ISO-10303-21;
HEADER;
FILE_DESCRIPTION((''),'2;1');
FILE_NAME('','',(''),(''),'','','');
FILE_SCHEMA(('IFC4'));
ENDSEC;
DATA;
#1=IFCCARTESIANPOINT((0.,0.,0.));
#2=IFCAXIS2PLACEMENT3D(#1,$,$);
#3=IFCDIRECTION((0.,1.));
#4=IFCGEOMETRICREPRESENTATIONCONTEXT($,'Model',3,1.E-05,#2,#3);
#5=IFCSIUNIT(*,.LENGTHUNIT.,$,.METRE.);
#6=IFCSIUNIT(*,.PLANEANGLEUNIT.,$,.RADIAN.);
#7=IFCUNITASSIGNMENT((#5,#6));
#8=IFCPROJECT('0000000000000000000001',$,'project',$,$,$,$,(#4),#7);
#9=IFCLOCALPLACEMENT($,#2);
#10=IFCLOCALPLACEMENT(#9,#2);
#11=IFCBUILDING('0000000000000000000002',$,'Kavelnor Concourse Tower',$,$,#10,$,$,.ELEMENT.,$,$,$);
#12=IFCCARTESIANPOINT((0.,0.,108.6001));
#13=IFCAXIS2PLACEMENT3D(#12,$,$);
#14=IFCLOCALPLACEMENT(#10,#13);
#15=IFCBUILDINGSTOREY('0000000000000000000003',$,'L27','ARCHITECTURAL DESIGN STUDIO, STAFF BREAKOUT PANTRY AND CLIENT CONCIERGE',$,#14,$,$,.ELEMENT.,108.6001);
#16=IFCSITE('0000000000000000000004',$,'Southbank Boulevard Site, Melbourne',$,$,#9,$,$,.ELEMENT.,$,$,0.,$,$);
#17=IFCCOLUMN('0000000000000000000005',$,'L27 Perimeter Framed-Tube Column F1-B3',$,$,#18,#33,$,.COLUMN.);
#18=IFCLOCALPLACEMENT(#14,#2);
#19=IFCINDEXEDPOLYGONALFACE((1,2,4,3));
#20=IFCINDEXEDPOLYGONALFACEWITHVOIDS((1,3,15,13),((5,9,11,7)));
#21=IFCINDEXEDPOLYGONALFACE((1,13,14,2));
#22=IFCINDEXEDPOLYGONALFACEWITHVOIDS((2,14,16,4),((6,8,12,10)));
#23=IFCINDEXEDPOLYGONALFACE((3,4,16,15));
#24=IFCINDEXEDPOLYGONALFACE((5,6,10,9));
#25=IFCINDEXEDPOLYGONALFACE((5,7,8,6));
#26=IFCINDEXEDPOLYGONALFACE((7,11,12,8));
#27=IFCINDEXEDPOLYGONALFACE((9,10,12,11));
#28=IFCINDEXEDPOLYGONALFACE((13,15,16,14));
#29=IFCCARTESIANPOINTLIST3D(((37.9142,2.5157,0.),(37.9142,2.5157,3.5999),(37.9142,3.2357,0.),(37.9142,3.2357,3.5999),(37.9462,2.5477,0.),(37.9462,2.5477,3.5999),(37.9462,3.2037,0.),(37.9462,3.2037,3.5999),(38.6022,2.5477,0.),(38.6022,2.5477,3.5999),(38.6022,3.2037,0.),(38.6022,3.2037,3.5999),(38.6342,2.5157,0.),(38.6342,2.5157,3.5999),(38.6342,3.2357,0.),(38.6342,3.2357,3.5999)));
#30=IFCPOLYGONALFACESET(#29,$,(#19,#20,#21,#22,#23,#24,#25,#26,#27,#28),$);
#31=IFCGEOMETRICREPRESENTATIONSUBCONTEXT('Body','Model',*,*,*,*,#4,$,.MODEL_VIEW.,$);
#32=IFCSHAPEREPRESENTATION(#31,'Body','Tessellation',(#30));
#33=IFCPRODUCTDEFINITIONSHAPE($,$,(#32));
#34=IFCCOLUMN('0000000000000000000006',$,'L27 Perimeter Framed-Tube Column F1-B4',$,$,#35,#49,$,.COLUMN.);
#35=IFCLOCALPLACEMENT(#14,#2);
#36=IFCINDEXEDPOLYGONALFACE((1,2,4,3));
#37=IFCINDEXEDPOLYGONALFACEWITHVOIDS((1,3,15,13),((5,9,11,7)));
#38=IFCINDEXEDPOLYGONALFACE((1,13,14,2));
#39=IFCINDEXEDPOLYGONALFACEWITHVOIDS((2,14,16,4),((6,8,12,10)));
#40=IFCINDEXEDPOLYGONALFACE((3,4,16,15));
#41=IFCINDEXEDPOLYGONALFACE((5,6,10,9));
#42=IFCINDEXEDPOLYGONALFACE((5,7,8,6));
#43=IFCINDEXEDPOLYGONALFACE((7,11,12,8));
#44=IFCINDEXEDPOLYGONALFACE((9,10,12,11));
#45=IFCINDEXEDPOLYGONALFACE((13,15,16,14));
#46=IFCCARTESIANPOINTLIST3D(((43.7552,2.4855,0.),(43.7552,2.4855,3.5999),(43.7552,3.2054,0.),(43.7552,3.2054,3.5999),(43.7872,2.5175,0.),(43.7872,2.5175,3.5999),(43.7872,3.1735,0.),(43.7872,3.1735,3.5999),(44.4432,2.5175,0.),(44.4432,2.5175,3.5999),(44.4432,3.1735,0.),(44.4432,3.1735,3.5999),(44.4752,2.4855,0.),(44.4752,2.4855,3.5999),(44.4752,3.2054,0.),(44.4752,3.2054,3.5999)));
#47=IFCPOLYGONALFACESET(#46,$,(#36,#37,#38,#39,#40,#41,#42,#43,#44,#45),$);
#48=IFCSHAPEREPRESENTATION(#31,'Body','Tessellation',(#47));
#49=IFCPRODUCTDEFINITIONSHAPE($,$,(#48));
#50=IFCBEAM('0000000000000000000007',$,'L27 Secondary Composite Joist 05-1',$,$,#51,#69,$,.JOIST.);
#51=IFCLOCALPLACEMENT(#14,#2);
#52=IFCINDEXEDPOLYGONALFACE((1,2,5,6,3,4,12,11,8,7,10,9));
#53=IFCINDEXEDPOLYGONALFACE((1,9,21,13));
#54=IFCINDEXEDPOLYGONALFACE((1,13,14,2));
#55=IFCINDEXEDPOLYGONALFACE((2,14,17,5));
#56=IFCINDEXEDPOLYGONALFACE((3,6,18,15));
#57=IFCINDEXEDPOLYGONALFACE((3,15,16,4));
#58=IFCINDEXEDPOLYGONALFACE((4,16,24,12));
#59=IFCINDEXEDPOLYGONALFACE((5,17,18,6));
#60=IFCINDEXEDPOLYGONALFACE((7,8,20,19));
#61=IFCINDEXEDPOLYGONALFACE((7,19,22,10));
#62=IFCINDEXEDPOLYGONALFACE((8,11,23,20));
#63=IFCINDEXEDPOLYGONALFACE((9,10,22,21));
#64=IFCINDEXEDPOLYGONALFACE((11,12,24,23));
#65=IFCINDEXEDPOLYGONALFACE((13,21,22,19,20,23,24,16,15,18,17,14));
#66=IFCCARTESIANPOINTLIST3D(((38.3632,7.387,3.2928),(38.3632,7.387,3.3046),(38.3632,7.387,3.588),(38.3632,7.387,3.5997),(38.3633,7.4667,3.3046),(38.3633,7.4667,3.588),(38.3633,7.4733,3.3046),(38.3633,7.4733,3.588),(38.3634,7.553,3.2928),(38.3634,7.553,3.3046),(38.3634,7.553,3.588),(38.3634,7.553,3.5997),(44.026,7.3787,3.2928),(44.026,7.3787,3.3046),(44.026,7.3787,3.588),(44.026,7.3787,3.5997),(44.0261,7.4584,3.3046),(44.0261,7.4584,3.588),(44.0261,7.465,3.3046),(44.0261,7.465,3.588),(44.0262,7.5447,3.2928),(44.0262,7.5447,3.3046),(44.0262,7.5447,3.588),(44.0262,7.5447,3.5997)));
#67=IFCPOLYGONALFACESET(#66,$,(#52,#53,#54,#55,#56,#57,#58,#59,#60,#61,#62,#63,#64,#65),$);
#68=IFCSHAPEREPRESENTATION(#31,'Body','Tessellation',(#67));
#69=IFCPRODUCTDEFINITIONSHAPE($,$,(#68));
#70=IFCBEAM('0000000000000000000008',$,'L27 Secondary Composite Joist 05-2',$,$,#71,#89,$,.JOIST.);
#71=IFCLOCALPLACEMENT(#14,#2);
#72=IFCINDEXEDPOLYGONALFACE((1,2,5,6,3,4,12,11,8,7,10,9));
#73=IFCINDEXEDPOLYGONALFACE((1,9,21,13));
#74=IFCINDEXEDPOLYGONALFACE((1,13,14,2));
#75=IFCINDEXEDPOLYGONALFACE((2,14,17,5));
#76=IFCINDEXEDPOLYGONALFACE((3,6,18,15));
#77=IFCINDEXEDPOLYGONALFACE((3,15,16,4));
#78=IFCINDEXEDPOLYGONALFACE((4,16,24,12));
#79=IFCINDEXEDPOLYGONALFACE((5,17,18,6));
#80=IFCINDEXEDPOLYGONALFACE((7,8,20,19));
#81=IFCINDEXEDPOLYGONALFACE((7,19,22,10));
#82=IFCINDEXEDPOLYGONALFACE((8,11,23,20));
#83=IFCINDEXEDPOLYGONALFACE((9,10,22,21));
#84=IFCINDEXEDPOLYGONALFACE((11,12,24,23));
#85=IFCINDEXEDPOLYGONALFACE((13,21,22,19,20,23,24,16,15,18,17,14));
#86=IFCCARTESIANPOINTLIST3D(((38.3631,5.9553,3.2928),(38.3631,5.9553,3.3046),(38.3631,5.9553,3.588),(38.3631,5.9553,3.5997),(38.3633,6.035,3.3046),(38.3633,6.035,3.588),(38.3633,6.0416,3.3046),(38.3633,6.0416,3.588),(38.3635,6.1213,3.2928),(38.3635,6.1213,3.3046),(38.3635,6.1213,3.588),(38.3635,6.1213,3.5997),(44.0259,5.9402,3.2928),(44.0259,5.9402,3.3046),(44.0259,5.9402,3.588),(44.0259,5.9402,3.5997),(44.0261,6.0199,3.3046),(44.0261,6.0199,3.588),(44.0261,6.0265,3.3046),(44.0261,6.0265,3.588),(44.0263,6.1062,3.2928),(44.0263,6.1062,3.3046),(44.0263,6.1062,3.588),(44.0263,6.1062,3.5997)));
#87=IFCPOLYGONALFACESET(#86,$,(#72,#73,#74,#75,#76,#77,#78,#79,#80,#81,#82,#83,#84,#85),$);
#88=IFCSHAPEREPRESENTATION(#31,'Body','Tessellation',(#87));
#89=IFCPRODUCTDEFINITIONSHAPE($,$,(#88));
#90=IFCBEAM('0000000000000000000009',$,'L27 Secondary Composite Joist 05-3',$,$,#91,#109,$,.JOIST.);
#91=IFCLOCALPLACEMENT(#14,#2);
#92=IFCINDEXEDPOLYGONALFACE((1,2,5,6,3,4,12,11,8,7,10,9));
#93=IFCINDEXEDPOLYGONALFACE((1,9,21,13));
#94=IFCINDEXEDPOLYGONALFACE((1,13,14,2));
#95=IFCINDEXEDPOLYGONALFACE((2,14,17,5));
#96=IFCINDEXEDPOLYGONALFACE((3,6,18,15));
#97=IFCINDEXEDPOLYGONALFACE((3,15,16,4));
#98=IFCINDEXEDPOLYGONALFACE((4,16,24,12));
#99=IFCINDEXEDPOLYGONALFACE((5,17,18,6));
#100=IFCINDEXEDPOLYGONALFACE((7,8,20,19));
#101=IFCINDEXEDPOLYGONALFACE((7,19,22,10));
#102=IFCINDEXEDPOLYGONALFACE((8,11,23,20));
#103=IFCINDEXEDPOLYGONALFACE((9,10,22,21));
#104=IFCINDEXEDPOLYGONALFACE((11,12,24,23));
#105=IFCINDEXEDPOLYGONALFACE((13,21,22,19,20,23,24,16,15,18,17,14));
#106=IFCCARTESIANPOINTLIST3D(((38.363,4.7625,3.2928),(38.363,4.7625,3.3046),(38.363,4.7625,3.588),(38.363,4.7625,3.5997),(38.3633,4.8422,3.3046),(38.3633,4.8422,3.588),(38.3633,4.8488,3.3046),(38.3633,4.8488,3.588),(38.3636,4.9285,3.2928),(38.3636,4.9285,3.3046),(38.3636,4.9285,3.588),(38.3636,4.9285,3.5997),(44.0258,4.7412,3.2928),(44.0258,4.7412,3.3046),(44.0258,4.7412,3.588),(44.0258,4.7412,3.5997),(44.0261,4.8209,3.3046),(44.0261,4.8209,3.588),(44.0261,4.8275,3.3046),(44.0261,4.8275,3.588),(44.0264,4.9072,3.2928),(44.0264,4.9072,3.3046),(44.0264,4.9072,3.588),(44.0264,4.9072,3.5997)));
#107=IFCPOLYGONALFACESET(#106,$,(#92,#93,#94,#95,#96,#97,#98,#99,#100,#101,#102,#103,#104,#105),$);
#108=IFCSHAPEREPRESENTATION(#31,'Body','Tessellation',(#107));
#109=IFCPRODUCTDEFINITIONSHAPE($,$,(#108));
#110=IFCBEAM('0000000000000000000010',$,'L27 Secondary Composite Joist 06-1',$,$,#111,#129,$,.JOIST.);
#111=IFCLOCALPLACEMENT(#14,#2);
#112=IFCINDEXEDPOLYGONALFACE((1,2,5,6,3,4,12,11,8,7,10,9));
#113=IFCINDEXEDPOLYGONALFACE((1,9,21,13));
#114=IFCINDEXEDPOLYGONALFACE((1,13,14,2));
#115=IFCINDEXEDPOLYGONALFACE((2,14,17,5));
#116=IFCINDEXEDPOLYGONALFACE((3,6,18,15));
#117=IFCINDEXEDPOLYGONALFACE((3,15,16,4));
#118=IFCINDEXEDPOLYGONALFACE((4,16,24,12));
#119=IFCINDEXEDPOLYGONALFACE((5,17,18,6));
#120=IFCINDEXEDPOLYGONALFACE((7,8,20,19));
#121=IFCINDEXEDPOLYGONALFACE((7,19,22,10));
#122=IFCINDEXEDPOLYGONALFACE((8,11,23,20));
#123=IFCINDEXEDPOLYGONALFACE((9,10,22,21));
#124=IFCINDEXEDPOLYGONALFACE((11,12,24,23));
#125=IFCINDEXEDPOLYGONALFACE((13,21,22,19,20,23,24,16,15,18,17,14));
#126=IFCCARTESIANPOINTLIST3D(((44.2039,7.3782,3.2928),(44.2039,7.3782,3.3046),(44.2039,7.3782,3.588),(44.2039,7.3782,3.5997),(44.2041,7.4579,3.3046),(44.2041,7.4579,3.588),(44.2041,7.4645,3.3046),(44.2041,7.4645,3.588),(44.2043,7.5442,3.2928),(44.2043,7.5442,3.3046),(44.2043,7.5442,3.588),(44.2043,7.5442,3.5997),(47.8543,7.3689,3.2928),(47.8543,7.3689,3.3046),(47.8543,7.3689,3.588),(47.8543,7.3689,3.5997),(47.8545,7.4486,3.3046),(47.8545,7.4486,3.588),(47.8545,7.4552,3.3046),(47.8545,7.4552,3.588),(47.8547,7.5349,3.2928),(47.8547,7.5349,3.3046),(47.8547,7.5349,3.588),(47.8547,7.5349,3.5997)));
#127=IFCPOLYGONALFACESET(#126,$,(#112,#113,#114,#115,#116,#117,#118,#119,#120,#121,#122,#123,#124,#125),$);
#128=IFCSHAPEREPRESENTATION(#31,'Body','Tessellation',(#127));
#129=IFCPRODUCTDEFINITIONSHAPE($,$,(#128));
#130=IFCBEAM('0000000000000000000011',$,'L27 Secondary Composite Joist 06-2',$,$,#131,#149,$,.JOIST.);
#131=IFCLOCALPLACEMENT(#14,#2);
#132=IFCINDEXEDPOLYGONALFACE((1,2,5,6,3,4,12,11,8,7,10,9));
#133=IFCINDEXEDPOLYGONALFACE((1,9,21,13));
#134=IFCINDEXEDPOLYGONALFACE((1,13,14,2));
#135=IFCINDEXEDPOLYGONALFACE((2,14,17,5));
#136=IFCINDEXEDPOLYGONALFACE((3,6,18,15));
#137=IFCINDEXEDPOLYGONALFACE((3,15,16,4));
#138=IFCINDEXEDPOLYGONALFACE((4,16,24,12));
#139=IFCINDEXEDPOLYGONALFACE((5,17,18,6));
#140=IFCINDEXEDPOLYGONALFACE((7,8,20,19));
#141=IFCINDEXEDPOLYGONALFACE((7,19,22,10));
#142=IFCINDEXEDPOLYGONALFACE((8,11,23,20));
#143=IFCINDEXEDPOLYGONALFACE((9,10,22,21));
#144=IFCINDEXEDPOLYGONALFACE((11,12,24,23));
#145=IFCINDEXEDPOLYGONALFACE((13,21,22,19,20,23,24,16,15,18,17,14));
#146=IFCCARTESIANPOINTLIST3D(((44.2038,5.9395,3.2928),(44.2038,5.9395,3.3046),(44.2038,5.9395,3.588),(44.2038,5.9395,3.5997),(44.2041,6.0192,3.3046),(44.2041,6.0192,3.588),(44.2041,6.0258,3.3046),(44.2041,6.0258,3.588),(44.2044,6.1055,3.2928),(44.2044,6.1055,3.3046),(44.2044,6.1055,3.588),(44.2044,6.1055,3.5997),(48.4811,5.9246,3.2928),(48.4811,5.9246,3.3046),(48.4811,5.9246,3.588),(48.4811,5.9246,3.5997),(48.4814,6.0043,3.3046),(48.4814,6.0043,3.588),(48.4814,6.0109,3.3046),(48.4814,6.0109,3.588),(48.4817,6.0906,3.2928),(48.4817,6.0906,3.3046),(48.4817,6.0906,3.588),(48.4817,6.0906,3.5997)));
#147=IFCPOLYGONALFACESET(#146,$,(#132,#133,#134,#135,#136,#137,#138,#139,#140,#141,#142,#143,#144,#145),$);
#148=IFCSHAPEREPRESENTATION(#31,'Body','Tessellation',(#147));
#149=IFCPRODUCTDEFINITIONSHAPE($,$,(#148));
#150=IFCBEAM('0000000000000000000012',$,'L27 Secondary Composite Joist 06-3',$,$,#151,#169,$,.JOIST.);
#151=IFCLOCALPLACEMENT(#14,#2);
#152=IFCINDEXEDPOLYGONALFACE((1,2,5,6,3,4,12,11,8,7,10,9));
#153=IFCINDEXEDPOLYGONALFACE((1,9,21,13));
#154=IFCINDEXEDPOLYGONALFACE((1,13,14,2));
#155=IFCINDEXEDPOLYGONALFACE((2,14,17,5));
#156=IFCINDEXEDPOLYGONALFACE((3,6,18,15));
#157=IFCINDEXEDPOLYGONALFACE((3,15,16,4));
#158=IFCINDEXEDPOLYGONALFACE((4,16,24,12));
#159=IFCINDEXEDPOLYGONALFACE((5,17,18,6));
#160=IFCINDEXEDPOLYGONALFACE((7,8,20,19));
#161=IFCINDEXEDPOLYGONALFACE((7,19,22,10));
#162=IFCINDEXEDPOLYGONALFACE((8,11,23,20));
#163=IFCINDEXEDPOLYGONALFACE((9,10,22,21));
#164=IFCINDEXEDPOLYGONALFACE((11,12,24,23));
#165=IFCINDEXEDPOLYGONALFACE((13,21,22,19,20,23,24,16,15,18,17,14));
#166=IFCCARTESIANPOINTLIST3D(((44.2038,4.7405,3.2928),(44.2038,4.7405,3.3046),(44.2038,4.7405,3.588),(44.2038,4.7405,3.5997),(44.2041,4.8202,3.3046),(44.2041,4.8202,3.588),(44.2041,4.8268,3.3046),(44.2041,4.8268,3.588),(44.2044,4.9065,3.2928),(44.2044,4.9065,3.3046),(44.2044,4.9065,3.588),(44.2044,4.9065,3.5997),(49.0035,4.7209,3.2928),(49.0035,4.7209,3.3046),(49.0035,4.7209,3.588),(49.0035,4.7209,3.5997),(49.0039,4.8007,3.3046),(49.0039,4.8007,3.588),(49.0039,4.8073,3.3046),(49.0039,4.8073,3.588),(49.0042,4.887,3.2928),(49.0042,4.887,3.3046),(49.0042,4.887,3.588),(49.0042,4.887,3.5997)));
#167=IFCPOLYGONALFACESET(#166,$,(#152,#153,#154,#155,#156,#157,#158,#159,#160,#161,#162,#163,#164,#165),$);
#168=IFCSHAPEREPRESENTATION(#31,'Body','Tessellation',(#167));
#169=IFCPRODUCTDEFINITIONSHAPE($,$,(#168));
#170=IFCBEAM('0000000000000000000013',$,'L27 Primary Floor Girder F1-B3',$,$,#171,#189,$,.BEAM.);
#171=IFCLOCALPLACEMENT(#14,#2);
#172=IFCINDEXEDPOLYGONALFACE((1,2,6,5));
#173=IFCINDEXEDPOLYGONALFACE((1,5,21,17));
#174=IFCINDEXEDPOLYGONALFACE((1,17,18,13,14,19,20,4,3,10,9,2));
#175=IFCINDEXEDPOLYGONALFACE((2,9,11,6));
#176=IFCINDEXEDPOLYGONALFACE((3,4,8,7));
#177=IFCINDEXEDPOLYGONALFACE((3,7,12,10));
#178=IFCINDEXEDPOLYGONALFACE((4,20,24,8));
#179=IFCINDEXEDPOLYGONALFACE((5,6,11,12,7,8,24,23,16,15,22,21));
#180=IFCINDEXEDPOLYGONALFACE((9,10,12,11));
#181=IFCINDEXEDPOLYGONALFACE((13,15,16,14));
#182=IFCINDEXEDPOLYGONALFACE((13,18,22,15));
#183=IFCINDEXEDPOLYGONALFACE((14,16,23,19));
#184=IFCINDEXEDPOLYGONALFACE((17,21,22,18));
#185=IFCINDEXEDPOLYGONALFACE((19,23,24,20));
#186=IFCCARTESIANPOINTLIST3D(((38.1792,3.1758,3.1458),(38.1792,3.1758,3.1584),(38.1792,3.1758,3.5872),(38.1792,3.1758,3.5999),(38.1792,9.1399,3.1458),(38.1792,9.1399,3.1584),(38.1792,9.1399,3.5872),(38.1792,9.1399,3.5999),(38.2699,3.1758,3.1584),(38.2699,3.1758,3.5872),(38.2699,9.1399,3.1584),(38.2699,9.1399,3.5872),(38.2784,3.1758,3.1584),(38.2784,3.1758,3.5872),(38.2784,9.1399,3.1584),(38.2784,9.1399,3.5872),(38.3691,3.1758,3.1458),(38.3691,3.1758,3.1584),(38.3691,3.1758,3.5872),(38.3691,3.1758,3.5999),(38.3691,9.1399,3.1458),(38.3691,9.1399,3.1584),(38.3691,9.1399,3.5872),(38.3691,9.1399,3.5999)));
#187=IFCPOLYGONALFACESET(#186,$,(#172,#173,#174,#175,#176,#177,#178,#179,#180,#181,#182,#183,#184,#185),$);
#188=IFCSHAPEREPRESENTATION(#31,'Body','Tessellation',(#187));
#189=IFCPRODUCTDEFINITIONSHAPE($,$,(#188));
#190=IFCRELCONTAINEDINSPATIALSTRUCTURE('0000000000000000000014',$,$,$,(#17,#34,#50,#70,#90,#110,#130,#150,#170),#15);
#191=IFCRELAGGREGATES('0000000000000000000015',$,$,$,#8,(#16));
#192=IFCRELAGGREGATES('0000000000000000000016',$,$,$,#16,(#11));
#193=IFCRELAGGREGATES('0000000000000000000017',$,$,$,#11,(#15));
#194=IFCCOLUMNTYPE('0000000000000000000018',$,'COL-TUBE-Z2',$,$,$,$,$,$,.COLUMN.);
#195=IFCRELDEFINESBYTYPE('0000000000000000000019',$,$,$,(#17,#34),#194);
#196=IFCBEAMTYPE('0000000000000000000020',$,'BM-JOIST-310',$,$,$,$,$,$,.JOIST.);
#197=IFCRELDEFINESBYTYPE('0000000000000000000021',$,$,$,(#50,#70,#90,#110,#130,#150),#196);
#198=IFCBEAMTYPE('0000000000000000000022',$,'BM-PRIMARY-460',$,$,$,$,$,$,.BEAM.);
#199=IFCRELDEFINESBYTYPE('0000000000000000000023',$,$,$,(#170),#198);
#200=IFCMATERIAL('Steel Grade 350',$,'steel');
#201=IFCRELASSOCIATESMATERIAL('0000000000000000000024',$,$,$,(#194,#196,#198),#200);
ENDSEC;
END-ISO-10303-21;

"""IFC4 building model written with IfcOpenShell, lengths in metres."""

from ifc_helpers import new_model, si_unit, direction, frame, origin, origin_2d, place, context, subcontext, project, spatial, hollow_rectangle, i_section, extrude, material, material_profile, profile_set, type_object, element, save


model = new_model("IFC4")

# Units and contexts
model_context = context("Model", 3, precision=1e-05, world=origin(), true_north=direction((0.0, 1.0)))
body_context = subcontext(model_context, "Body", "Model", "MODEL_VIEW")
ifc_project = project(units=[si_unit("LENGTHUNIT", "METRE"), si_unit("PLANEANGLEUNIT", "RADIAN")], contexts=[model_context])

# Site, building, storey
site_placement = place(None, origin())
site = spatial("IfcSite", under=ifc_project, at=site_placement, Name="Southbank Boulevard Site, Melbourne", CompositionType="ELEMENT", RefElevation=0.0)
building_placement = place(site_placement, origin())
building = spatial("IfcBuilding", under=site, at=building_placement, Name="Kavelnor Concourse Tower", CompositionType="ELEMENT")
storey_placement = place(building_placement, frame((0.0, 0.0, 108.6001)))
storey = spatial("IfcBuildingStorey", under=building, at=storey_placement, Name="L27", Description="ARCHITECTURAL DESIGN STUDIO, STAFF BREAKOUT PANTRY AND CLIENT CONCIERGE", CompositionType="ELEMENT", Elevation=108.6001)

# Columns
ifc_material_1 = material(Name="Steel Grade 350", Category="steel")
ifc_material_profile_1 = material_profile(ifc_material_1, hollow_rectangle(XDim=0.72, YDim=0.72, WallThickness=0.032, at=origin_2d()), Name="SHS 720x720x32")
ifc_profile_set_1 = profile_set([ifc_material_profile_1], Name="Steel Grade 350")
column_type = type_object("IfcColumnType", Name="COL-TUBE-Z2", PredefinedType="COLUMN", material=ifc_profile_set_1)
for number, where, z_axis, x_axis, name in (
    (1, (38.2742, 2.8757, 0.0), (0.0, 0.0, 1.0), (1.0, 0.0, 0.0), "L27 Perimeter Framed-Tube Column F1-B3"),
    (2, (44.1152, 2.8455, 0.0), (0.0, 0.0, 1.0), (1.0, 0.0, 0.0), "L27 Perimeter Framed-Tube Column F1-B4"),
):
    element("IfcColumn", number, at=place(storey_placement, frame(where, z_axis=z_axis, x_axis=x_axis)), inside=storey, type_object=column_type, Name=name, PredefinedType="COLUMN", context=body_context, shape_type="SweptSolid", body=[
        extrude(hollow_rectangle(XDim=0.72, YDim=0.72, WallThickness=0.032, at=origin_2d()), origin(), (0.0, 0.0, 1.0), 3.5999),
    ])

# Beams
ifc_material_profile_2 = material_profile(ifc_material_1, i_section(OverallWidth=0.166, OverallDepth=0.3069, WebThickness=0.0066, FlangeThickness=0.0117, at=origin_2d()), Name="310UB46")
ifc_profile_set_2 = profile_set([ifc_material_profile_2], Name="Steel Grade 350")
beam_type_1 = type_object("IfcBeamType", Name="BM-JOIST-310", PredefinedType="JOIST", material=ifc_profile_set_2)
for number, where, z_axis, x_axis, name in (
    (3, (38.3633, 7.47, 3.4463), (0.999999, -0.001466, 0.0), (0.001466, 0.999999, 0.0), "L27 Secondary Composite Joist 05-1"),
    (4, (38.3633, 6.0383, 3.4463), (0.999996, -0.002673, 0.0), (0.002673, 0.999996, 0.0), "L27 Secondary Composite Joist 05-2"),
    (5, (38.3633, 4.8455, 3.4463), (0.999993, -0.003751, 0.0), (0.003751, 0.999993, 0.0), "L27 Secondary Composite Joist 05-3"),
):
    element("IfcBeam", number, at=place(storey_placement, frame(where, z_axis=z_axis, x_axis=x_axis)), inside=storey, type_object=beam_type_1, Name=name, PredefinedType="JOIST", context=body_context, shape_type="SweptSolid", body=[
        extrude(i_section(OverallWidth=0.166, OverallDepth=0.3069, WebThickness=0.0066, FlangeThickness=0.0117, at=origin_2d()), origin(), (0.0, 0.0, 1.0), 5.6628),
    ])
beam_1_placement = place(storey_placement, frame((44.2041, 7.4612, 3.4463), z_axis=(0.999997, -0.002541, 0.0), x_axis=(0.002541, 0.999997, 0.0)))
element("IfcBeam", 6, at=beam_1_placement, inside=storey, type_object=beam_type_1, Name="L27 Secondary Composite Joist 06-1", PredefinedType="JOIST", context=body_context, shape_type="SweptSolid", body=[
    extrude(i_section(OverallWidth=0.166, OverallDepth=0.3069, WebThickness=0.0066, FlangeThickness=0.0117, at=origin_2d()), origin(), (0.0, 0.0, 1.0), 3.6504),
])
beam_2_placement = place(storey_placement, frame((44.2041, 6.0225, 3.4463), z_axis=(0.999994, -0.003482, 0.0), x_axis=(0.003482, 0.999994, 0.0)))
element("IfcBeam", 7, at=beam_2_placement, inside=storey, type_object=beam_type_1, Name="L27 Secondary Composite Joist 06-2", PredefinedType="JOIST", context=body_context, shape_type="SweptSolid", body=[
    extrude(i_section(OverallWidth=0.166, OverallDepth=0.3069, WebThickness=0.0066, FlangeThickness=0.0117, at=origin_2d()), origin(), (0.0, 0.0, 1.0), 4.2773),
])
beam_3_placement = place(storey_placement, frame((44.2041, 4.8235, 3.4463), z_axis=(0.999992, -0.004069, 0.0), x_axis=(0.004069, 0.999992, 0.0)))
element("IfcBeam", 8, at=beam_3_placement, inside=storey, type_object=beam_type_1, Name="L27 Secondary Composite Joist 06-3", PredefinedType="JOIST", context=body_context, shape_type="SweptSolid", body=[
    extrude(i_section(OverallWidth=0.166, OverallDepth=0.3069, WebThickness=0.0066, FlangeThickness=0.0117, at=origin_2d()), origin(), (0.0, 0.0, 1.0), 4.7998),
])
ifc_material_profile_3 = material_profile(ifc_material_1, i_section(OverallWidth=0.1899, OverallDepth=0.4541, WebThickness=0.0085, FlangeThickness=0.0127, at=origin_2d()), Name="460UB67")
ifc_profile_set_3 = profile_set([ifc_material_profile_3], Name="Steel Grade 350")
beam_type_2 = type_object("IfcBeamType", Name="BM-PRIMARY-460", PredefinedType="BEAM", material=ifc_profile_set_3)
beam_4_placement = place(storey_placement, frame((38.2742, 9.1399, 3.3728), z_axis=(0.0, -1.0, 0.0), x_axis=(1.0, 0.0, 0.0)))
element("IfcBeam", 9, at=beam_4_placement, inside=storey, type_object=beam_type_2, Name="L27 Primary Floor Girder F1-B3", PredefinedType="BEAM", context=body_context, shape_type="SweptSolid", body=[
    extrude(i_section(OverallWidth=0.1899, OverallDepth=0.4541, WebThickness=0.0085, FlangeThickness=0.0127, at=origin_2d()), origin(), (0.0, 0.0, 1.0), 5.9641),
])

save(model, "model.ifc")
